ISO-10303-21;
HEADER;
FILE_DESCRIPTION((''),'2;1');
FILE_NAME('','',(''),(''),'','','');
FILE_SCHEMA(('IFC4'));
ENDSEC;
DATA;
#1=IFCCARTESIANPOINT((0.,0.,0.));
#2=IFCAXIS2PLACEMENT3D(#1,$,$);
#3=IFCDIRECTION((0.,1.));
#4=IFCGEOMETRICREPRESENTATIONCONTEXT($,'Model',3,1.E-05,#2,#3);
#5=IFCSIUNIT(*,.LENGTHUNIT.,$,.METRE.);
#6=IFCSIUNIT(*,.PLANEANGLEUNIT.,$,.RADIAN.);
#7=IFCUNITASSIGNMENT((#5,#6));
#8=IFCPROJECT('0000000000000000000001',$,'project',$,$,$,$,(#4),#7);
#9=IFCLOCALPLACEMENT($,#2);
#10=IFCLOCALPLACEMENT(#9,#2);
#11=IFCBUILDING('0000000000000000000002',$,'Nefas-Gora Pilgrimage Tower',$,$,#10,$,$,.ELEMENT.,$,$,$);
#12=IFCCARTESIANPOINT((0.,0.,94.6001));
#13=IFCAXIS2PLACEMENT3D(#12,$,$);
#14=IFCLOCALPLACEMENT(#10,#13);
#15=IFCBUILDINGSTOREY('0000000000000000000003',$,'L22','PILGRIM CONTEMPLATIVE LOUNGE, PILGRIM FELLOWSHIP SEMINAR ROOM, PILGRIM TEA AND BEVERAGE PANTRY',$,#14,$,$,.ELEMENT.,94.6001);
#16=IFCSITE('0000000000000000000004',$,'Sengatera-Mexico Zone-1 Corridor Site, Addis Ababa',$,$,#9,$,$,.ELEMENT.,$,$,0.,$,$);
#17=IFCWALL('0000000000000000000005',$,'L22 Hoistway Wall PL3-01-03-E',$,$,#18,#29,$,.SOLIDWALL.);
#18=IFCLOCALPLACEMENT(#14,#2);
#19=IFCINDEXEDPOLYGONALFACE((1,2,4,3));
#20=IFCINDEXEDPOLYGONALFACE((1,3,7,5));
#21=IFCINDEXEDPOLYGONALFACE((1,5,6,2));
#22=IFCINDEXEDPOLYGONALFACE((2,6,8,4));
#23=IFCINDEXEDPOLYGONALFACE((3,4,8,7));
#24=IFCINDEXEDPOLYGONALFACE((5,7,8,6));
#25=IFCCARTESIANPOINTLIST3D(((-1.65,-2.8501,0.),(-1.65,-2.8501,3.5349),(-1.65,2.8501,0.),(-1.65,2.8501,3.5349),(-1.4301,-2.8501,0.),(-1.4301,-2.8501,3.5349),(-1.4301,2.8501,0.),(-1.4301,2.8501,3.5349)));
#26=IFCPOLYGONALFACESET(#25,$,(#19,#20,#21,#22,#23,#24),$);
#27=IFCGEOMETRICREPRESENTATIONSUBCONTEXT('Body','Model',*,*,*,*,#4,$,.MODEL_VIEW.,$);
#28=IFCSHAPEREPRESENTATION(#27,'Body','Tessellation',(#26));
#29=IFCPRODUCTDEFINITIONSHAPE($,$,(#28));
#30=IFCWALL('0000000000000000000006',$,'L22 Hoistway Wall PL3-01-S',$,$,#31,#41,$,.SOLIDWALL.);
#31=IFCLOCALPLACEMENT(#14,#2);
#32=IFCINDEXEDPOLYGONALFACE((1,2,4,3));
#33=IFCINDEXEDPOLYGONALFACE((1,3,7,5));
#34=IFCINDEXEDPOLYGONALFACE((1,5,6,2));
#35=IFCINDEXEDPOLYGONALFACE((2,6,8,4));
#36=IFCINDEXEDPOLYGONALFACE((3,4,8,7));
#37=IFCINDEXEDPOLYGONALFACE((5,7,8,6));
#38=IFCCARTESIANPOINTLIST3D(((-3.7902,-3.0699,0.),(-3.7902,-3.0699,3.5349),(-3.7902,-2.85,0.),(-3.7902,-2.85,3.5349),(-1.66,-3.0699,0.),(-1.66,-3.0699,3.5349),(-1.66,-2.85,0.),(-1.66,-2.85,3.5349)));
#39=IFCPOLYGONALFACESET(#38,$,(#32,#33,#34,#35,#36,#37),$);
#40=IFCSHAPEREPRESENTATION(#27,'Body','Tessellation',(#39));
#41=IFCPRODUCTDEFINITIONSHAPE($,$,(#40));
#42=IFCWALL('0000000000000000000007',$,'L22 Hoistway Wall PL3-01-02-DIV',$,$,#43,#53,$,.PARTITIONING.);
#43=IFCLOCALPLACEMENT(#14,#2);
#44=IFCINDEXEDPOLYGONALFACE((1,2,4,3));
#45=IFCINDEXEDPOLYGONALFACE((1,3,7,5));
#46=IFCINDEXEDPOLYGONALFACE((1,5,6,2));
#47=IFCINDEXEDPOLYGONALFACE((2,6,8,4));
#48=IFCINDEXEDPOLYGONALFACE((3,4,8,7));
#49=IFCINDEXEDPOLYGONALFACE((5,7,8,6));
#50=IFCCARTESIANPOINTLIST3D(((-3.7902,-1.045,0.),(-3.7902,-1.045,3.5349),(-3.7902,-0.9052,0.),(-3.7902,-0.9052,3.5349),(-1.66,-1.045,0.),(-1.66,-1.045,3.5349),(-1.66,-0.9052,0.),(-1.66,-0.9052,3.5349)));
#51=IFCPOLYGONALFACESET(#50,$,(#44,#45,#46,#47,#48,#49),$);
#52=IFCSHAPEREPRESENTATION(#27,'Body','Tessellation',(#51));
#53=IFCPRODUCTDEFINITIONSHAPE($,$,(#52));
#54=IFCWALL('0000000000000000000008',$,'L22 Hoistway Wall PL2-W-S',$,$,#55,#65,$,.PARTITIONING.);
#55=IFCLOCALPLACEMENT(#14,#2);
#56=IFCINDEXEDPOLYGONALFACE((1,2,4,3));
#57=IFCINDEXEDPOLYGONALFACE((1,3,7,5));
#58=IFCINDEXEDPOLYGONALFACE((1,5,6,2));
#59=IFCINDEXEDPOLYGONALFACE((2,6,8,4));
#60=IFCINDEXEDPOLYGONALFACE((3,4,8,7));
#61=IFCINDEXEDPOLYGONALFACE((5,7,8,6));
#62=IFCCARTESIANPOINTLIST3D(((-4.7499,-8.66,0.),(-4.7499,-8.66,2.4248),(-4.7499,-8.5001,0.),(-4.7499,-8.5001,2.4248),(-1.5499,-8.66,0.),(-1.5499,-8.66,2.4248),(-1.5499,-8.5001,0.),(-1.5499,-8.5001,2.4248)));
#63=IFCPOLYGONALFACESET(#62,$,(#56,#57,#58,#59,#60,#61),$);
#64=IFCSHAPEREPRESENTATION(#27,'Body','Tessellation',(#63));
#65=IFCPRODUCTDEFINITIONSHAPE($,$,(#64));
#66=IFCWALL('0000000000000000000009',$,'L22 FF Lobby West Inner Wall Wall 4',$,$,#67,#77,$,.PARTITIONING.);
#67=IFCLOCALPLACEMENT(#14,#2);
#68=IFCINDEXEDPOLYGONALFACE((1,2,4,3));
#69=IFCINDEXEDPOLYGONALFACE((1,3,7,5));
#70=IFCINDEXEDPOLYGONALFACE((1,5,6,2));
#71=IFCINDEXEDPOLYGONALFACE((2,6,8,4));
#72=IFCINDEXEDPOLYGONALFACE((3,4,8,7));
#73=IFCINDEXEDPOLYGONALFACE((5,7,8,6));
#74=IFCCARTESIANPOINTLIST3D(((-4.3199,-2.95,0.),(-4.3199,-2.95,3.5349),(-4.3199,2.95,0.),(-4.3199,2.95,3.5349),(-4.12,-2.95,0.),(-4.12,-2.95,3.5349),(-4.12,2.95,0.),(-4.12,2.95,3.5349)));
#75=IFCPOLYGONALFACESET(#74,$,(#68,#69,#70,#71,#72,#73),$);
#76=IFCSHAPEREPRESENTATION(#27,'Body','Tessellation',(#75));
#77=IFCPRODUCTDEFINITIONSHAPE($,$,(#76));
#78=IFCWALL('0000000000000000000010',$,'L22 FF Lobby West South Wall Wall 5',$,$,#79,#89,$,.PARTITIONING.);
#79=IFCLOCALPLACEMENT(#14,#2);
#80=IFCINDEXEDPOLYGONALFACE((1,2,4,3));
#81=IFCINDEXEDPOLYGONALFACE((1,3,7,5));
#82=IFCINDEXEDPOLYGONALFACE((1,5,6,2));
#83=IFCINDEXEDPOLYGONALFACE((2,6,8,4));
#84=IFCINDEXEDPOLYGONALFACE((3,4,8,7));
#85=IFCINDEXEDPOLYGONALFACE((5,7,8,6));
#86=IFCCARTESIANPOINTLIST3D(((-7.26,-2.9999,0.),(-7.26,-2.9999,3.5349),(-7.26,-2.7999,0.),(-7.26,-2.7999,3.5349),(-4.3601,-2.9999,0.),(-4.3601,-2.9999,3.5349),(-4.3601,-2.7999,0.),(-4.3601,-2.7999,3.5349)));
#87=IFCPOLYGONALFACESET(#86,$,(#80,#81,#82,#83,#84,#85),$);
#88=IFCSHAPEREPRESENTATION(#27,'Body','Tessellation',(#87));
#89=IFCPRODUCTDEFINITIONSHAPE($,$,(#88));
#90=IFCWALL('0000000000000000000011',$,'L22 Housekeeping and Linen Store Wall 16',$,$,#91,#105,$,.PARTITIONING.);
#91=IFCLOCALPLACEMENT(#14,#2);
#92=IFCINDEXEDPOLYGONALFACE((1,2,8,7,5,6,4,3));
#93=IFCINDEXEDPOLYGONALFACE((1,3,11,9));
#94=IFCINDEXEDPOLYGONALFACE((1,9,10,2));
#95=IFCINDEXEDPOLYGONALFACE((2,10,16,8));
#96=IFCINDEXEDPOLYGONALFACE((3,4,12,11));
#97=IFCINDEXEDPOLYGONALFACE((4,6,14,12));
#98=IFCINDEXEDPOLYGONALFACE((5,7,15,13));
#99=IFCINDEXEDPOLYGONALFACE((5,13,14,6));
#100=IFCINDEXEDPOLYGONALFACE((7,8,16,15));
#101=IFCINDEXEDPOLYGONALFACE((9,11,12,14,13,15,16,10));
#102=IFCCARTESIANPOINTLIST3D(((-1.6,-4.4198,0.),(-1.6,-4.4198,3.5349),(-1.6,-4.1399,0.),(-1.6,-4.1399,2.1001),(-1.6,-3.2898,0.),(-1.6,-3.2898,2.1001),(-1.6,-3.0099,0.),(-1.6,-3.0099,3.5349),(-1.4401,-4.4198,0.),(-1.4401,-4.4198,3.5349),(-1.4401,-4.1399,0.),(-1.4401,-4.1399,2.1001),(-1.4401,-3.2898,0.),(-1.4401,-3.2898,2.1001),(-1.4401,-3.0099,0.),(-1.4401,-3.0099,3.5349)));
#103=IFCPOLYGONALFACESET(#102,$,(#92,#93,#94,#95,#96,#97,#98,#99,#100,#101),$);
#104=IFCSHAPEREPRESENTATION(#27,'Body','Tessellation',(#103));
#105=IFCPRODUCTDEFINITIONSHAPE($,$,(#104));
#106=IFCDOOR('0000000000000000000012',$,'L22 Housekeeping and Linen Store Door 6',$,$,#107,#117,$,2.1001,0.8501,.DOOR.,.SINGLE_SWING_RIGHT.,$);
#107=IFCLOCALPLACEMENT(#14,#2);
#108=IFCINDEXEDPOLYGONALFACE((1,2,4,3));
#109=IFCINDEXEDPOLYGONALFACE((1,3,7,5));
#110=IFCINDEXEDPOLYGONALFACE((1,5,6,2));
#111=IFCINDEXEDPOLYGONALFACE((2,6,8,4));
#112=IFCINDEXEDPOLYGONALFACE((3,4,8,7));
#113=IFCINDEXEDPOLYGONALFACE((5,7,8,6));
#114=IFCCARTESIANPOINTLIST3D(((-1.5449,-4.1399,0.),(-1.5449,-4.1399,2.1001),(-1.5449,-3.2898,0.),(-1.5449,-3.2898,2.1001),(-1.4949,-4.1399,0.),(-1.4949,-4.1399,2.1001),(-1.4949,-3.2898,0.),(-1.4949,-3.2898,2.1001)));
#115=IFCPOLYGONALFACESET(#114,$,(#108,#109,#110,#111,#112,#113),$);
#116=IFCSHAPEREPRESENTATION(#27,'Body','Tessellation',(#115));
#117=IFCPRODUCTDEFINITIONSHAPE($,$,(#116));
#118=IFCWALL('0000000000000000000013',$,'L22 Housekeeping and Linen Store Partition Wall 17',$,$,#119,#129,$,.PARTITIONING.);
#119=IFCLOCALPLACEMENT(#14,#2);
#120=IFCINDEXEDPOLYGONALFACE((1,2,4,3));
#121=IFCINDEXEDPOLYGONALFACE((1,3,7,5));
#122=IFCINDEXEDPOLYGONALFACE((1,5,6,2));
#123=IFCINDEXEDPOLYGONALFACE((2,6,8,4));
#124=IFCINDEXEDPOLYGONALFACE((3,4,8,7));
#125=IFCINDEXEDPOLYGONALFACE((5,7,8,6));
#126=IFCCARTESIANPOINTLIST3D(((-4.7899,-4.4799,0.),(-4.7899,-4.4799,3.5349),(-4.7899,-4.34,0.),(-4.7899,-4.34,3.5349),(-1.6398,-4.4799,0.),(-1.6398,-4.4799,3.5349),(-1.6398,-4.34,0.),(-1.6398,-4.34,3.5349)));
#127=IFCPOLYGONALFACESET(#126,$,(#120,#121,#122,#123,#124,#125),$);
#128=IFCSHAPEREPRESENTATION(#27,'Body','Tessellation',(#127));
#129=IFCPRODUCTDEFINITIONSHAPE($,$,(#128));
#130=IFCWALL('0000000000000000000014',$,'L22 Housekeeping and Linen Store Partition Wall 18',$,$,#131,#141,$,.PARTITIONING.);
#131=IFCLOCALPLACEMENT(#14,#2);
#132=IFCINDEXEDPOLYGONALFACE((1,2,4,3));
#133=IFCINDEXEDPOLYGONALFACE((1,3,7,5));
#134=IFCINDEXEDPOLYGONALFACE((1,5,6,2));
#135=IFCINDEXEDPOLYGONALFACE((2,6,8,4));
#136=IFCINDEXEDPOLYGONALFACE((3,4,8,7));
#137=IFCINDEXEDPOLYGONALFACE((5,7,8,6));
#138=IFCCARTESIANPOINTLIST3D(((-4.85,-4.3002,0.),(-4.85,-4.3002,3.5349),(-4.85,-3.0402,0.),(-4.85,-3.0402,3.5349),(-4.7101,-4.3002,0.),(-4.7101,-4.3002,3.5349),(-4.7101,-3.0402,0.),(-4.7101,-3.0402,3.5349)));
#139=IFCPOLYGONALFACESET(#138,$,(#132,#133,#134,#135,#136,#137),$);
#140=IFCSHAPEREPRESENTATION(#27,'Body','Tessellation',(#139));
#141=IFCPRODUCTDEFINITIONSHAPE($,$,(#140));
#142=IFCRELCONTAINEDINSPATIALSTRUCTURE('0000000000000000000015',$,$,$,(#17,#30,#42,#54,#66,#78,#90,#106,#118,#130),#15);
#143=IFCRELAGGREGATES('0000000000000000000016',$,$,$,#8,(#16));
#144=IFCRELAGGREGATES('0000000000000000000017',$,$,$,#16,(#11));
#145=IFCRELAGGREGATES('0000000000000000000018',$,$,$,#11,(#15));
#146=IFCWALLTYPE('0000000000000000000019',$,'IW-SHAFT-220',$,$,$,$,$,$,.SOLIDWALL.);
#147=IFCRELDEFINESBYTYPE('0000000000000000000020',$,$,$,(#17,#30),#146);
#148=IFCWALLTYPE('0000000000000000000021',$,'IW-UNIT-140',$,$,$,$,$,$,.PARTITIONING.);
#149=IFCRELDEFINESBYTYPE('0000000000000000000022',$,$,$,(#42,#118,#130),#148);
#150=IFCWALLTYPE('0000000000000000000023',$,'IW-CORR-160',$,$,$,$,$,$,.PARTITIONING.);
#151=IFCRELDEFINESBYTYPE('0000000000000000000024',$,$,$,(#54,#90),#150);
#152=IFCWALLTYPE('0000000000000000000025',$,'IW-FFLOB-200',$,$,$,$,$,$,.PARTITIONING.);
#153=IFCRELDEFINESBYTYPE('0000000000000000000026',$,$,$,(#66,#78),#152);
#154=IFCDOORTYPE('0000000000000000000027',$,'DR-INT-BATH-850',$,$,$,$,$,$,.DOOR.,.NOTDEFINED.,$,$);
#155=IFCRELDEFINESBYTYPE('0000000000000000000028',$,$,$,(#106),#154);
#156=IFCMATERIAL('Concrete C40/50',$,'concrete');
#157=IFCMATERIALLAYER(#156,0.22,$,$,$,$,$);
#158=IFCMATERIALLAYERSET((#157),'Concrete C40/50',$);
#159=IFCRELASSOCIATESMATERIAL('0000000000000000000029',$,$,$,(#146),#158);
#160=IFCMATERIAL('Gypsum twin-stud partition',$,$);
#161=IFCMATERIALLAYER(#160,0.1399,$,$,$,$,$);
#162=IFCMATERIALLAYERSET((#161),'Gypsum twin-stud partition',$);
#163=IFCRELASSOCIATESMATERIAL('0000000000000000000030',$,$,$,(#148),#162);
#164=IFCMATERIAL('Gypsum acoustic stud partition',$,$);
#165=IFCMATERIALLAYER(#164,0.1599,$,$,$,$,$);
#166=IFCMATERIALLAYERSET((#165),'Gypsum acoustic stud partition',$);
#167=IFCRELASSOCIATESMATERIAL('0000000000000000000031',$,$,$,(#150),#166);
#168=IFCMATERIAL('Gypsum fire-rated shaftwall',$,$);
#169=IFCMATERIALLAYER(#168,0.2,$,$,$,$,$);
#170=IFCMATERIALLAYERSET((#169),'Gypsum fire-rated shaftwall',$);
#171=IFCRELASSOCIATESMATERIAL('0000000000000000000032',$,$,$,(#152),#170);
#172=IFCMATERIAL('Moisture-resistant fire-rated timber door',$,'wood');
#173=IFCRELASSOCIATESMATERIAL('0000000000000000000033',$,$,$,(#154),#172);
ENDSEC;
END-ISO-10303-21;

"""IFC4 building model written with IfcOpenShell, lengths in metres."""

from ifc_helpers import new_model, si_unit, direction, frame, frame_2d, origin, place, context, subcontext, project, spatial, rectangle, extrude, source, transform, mapped, material, layer, layer_set, type_object, element, fill, save


model = new_model("IFC4")

# Units and contexts
model_context = context("Model", 3, precision=1e-05, world=origin(), true_north=direction((0.0, 1.0)))
body_context = subcontext(model_context, "Body", "Model", "MODEL_VIEW")
ifc_project = project(units=[si_unit("LENGTHUNIT", "METRE"), si_unit("PLANEANGLEUNIT", "RADIAN")], contexts=[model_context])

# Site, building, storey
site_placement = place(None, origin())
site = spatial("IfcSite", under=ifc_project, at=site_placement, Name="Sengatera-Mexico Zone-1 Corridor Site, Addis Ababa", CompositionType="ELEMENT", RefElevation=0.0)
building_placement = place(site_placement, origin())
building = spatial("IfcBuilding", under=site, at=building_placement, Name="Nefas-Gora Pilgrimage Tower", CompositionType="ELEMENT")
storey_placement = place(building_placement, frame((0.0, 0.0, 94.6001)))
storey = spatial("IfcBuildingStorey", under=building, at=storey_placement, Name="L22", Description="PILGRIM CONTEMPLATIVE LOUNGE, PILGRIM FELLOWSHIP SEMINAR ROOM, PILGRIM TEA AND BEVERAGE PANTRY", CompositionType="ELEMENT", Elevation=94.6001)

# Walls
ifc_material_1 = material(Name="Concrete C40/50", Category="concrete")
ifc_layer_1 = layer(ifc_material_1, 0.22)
ifc_layer_set_1 = layer_set([ifc_layer_1], Name="Concrete C40/50")
wall_type_1 = type_object("IfcWallType", Name="IW-SHAFT-220", PredefinedType="SOLIDWALL", material=ifc_layer_set_1)
ifc_material_2 = material(Name="Gypsum twin-stud partition")
ifc_layer_2 = layer(ifc_material_2, 0.1399)
ifc_layer_set_2 = layer_set([ifc_layer_2], Name="Gypsum twin-stud partition")
wall_type_2 = type_object("IfcWallType", Name="IW-UNIT-140", PredefinedType="PARTITIONING", material=ifc_layer_set_2)
shared_shape_1 = source(origin(), body_context, "Body", "SweptSolid", [
    extrude(rectangle(XDim=5.7002, YDim=0.22, at=frame_2d((2.8501, 0.0))), origin(), (0.0, 0.0, 1.0), 3.5349),
])
wall_1_placement = place(storey_placement, frame((-1.54, -2.8501, 0.0), z_axis=(0.0, 0.0, 1.0), x_axis=(0.0, 1.0, 0.0)))
element("IfcWall", 1, at=wall_1_placement, inside=storey, type_object=wall_type_1, Name="L22 Hoistway Wall PL3-01-03-E", PredefinedType="SOLIDWALL", context=body_context, shape_type="MappedRepresentation", body=[
    mapped(shared_shape_1, transform((0.0, 0.0, 0.0), x_axis=(1.0, 0.0, 0.0), y_axis=(0.0, 1.0, 0.0), z_axis=(0.0, 0.0, 1.0), scale=1.0)),
])
shared_shape_2 = source(origin(), body_context, "Body", "SweptSolid", [
    extrude(rectangle(XDim=2.1301, YDim=0.22, at=frame_2d((1.0649, 0.0))), origin(), (0.0, 0.0, 1.0), 3.5349),
])
wall_2_placement = place(storey_placement, frame((-3.79, -2.96, 0.0), z_axis=(0.0, 0.0, 1.0), x_axis=(1.0, 0.0, 0.0)))
element("IfcWall", 2, at=wall_2_placement, inside=storey, type_object=wall_type_1, Name="L22 Hoistway Wall PL3-01-S", PredefinedType="SOLIDWALL", context=body_context, shape_type="MappedRepresentation", body=[
    mapped(shared_shape_2, transform((0.0, 0.0, 0.0), x_axis=(1.0, 0.0, 0.0), y_axis=(0.0, 1.0, 0.0), z_axis=(0.0, 0.0, 1.0), scale=1.0)),
])
shared_shape_3 = source(origin(), body_context, "Body", "SweptSolid", [
    extrude(rectangle(XDim=2.1301, YDim=0.1399, at=frame_2d((1.0649, 0.0))), origin(), (0.0, 0.0, 1.0), 3.5349),
])
wall_3_placement = place(storey_placement, frame((-3.79, -0.9751, 0.0), z_axis=(0.0, 0.0, 1.0), x_axis=(1.0, 0.0, 0.0)))
element("IfcWall", 3, at=wall_3_placement, inside=storey, type_object=wall_type_2, Name="L22 Hoistway Wall PL3-01-02-DIV", PredefinedType="PARTITIONING", context=body_context, shape_type="MappedRepresentation", body=[
    mapped(shared_shape_3, transform((0.0, 0.0, 0.0), x_axis=(1.0, 0.0, 0.0), y_axis=(0.0, 1.0, 0.0), z_axis=(0.0, 0.0, 1.0), scale=1.0)),
])
ifc_material_3 = material(Name="Gypsum acoustic stud partition")
ifc_layer_3 = layer(ifc_material_3, 0.1599)
ifc_layer_set_3 = layer_set([ifc_layer_3], Name="Gypsum acoustic stud partition")
wall_type_3 = type_object("IfcWallType", Name="IW-CORR-160", PredefinedType="PARTITIONING", material=ifc_layer_set_3)
shared_shape_4 = source(origin(), body_context, "Body", "SweptSolid", [
    extrude(rectangle(XDim=3.2, YDim=0.1599, at=frame_2d((1.6001, 0.0))), origin(), (0.0, 0.0, 1.0), 2.4248),
])
wall_4_placement = place(storey_placement, frame((-4.75, -8.5801, 0.0), z_axis=(0.0, 0.0, 1.0), x_axis=(1.0, 0.0, 0.0)))
element("IfcWall", 4, at=wall_4_placement, inside=storey, type_object=wall_type_3, Name="L22 Hoistway Wall PL2-W-S", PredefinedType="PARTITIONING", context=body_context, shape_type="MappedRepresentation", body=[
    mapped(shared_shape_4, transform((0.0, 0.0, 0.0), x_axis=(1.0, 0.0, 0.0), y_axis=(0.0, 1.0, 0.0), z_axis=(0.0, 0.0, 1.0), scale=1.0)),
])
ifc_material_4 = material(Name="Gypsum fire-rated shaftwall")
ifc_layer_4 = layer(ifc_material_4, 0.2)
ifc_layer_set_4 = layer_set([ifc_layer_4], Name="Gypsum fire-rated shaftwall")
wall_type_4 = type_object("IfcWallType", Name="IW-FFLOB-200", PredefinedType="PARTITIONING", material=ifc_layer_set_4)
shared_shape_5 = source(origin(), body_context, "Body", "SweptSolid", [
    extrude(rectangle(XDim=5.8999, YDim=0.2, at=frame_2d((2.95, 0.0))), origin(), (0.0, 0.0, 1.0), 3.5349),
])
wall_5_placement = place(storey_placement, frame((-4.22, -2.95, 0.0), z_axis=(0.0, 0.0, 1.0), x_axis=(0.0, 1.0, 0.0)))
element("IfcWall", 5, at=wall_5_placement, inside=storey, type_object=wall_type_4, Name="L22 FF Lobby West Inner Wall Wall 4", PredefinedType="PARTITIONING", context=body_context, shape_type="MappedRepresentation", body=[
    mapped(shared_shape_5, transform((0.0, 0.0, 0.0), x_axis=(1.0, 0.0, 0.0), y_axis=(0.0, 1.0, 0.0), z_axis=(0.0, 0.0, 1.0), scale=1.0)),
])
shared_shape_6 = source(origin(), body_context, "Body", "SweptSolid", [
    extrude(rectangle(XDim=2.8999, YDim=0.2, at=frame_2d((1.45, 0.0))), origin(), (0.0, 0.0, 1.0), 3.5349),
])
wall_6_placement = place(storey_placement, frame((-7.26, -2.8999, 0.0), z_axis=(0.0, 0.0, 1.0), x_axis=(1.0, 0.0, 0.0)))
element("IfcWall", 6, at=wall_6_placement, inside=storey, type_object=wall_type_4, Name="L22 FF Lobby West South Wall Wall 5", PredefinedType="PARTITIONING", context=body_context, shape_type="MappedRepresentation", body=[
    mapped(shared_shape_6, transform((0.0, 0.0, 0.0), x_axis=(1.0, 0.0, 0.0), y_axis=(0.0, 1.0, 0.0), z_axis=(0.0, 0.0, 1.0), scale=1.0)),
])

# Wall, opening, door
shared_shape_7 = source(origin(), body_context, "Body", "SweptSolid", [
    extrude(rectangle(XDim=1.4099, YDim=0.1599, at=frame_2d((0.7051, 0.0))), origin(), (0.0, 0.0, 1.0), 3.5349),
])
wall_7_placement = place(storey_placement, frame((-1.52, -4.4199, 0.0), z_axis=(0.0, 0.0, 1.0), x_axis=(0.0, 1.0, 0.0)))
wall_7 = element("IfcWall", 7, at=wall_7_placement, inside=storey, type_object=wall_type_3, Name="L22 Housekeeping and Linen Store Wall 16", PredefinedType="PARTITIONING", context=body_context, shape_type="MappedRepresentation", body=[
    mapped(shared_shape_7, transform((0.0, 0.0, 0.0), x_axis=(1.0, 0.0, 0.0), y_axis=(0.0, 1.0, 0.0), z_axis=(0.0, 0.0, 1.0), scale=1.0)),
])
opening_1_placement = place(wall_7_placement, frame((0.28, 0.0, 0.0)))
opening_1 = element("IfcOpeningElement", 8, at=opening_1_placement, cuts=wall_7, PredefinedType="OPENING", context=body_context, shape_type="SweptSolid", body=[
    extrude(rectangle(XDim=0.8501, YDim=2.1001, at=frame_2d((0.425, 1.05))), frame((0.0, 0.0898, 0.0), z_axis=(0.0, -1.0, 0.0), x_axis=(1.0, 0.0, 0.0)), (0.0, 0.0, 1.0), 0.1799),
])
ifc_material_5 = material(Name="Moisture-resistant fire-rated timber door", Category="wood")
door_type_1 = type_object("IfcDoorType", Name="DR-INT-BATH-850", OperationType="NOTDEFINED", PredefinedType="DOOR", material=ifc_material_5)
shared_shape_8 = source(origin(), body_context, "Body", "SweptSolid", [
    extrude(rectangle(XDim=0.8501, YDim=2.1001, at=frame_2d((0.425, 1.05))), frame((0.0, 0.0249, 0.0), z_axis=(0.0, -1.0, 0.0), x_axis=(1.0, 0.0, 0.0)), (0.0, 0.0, 1.0), 0.05),
])
door_1_placement = place(opening_1_placement, origin())
door_1 = element("IfcDoor", 9, at=door_1_placement, inside=storey, type_object=door_type_1, Name="L22 Housekeeping and Linen Store Door 6", OperationType="SINGLE_SWING_RIGHT", OverallHeight=2.1001, OverallWidth=0.8501, PredefinedType="DOOR", context=body_context, shape_type="MappedRepresentation", body=[
    mapped(shared_shape_8, transform((0.0, 0.0, 0.0), x_axis=(1.0, 0.0, 0.0), y_axis=(0.0, 1.0, 0.0), z_axis=(0.0, 0.0, 1.0), scale=1.0)),
])
fill(opening_1, door_1)

# Walls
shared_shape_9 = source(origin(), body_context, "Body", "SweptSolid", [
    extrude(rectangle(XDim=3.1501, YDim=0.1399, at=frame_2d((1.5752, 0.0))), origin(), (0.0, 0.0, 1.0), 3.5349),
])
wall_8_placement = place(storey_placement, frame((-4.79, -4.4099, 0.0), z_axis=(0.0, 0.0, 1.0), x_axis=(1.0, 0.0, 0.0)))
element("IfcWall", 10, at=wall_8_placement, inside=storey, type_object=wall_type_2, Name="L22 Housekeeping and Linen Store Partition Wall 17", PredefinedType="PARTITIONING", context=body_context, shape_type="MappedRepresentation", body=[
    mapped(shared_shape_9, transform((0.0, 0.0, 0.0), x_axis=(1.0, 0.0, 0.0), y_axis=(0.0, 1.0, 0.0), z_axis=(0.0, 0.0, 1.0), scale=1.0)),
])
shared_shape_10 = source(origin(), body_context, "Body", "SweptSolid", [
    extrude(rectangle(XDim=1.26, YDim=0.1399, at=frame_2d((0.6299, 0.0))), origin(), (0.0, 0.0, 1.0), 3.5349),
])
wall_9_placement = place(storey_placement, frame((-4.78, -4.3, 0.0), z_axis=(0.0, 0.0, 1.0), x_axis=(0.0, 1.0, 0.0)))
element("IfcWall", 11, at=wall_9_placement, inside=storey, type_object=wall_type_2, Name="L22 Housekeeping and Linen Store Partition Wall 18", PredefinedType="PARTITIONING", context=body_context, shape_type="MappedRepresentation", body=[
    mapped(shared_shape_10, transform((0.0, 0.0, 0.0), x_axis=(1.0, 0.0, 0.0), y_axis=(0.0, 1.0, 0.0), z_axis=(0.0, 0.0, 1.0), scale=1.0)),
])

save(model, "model.ifc")
